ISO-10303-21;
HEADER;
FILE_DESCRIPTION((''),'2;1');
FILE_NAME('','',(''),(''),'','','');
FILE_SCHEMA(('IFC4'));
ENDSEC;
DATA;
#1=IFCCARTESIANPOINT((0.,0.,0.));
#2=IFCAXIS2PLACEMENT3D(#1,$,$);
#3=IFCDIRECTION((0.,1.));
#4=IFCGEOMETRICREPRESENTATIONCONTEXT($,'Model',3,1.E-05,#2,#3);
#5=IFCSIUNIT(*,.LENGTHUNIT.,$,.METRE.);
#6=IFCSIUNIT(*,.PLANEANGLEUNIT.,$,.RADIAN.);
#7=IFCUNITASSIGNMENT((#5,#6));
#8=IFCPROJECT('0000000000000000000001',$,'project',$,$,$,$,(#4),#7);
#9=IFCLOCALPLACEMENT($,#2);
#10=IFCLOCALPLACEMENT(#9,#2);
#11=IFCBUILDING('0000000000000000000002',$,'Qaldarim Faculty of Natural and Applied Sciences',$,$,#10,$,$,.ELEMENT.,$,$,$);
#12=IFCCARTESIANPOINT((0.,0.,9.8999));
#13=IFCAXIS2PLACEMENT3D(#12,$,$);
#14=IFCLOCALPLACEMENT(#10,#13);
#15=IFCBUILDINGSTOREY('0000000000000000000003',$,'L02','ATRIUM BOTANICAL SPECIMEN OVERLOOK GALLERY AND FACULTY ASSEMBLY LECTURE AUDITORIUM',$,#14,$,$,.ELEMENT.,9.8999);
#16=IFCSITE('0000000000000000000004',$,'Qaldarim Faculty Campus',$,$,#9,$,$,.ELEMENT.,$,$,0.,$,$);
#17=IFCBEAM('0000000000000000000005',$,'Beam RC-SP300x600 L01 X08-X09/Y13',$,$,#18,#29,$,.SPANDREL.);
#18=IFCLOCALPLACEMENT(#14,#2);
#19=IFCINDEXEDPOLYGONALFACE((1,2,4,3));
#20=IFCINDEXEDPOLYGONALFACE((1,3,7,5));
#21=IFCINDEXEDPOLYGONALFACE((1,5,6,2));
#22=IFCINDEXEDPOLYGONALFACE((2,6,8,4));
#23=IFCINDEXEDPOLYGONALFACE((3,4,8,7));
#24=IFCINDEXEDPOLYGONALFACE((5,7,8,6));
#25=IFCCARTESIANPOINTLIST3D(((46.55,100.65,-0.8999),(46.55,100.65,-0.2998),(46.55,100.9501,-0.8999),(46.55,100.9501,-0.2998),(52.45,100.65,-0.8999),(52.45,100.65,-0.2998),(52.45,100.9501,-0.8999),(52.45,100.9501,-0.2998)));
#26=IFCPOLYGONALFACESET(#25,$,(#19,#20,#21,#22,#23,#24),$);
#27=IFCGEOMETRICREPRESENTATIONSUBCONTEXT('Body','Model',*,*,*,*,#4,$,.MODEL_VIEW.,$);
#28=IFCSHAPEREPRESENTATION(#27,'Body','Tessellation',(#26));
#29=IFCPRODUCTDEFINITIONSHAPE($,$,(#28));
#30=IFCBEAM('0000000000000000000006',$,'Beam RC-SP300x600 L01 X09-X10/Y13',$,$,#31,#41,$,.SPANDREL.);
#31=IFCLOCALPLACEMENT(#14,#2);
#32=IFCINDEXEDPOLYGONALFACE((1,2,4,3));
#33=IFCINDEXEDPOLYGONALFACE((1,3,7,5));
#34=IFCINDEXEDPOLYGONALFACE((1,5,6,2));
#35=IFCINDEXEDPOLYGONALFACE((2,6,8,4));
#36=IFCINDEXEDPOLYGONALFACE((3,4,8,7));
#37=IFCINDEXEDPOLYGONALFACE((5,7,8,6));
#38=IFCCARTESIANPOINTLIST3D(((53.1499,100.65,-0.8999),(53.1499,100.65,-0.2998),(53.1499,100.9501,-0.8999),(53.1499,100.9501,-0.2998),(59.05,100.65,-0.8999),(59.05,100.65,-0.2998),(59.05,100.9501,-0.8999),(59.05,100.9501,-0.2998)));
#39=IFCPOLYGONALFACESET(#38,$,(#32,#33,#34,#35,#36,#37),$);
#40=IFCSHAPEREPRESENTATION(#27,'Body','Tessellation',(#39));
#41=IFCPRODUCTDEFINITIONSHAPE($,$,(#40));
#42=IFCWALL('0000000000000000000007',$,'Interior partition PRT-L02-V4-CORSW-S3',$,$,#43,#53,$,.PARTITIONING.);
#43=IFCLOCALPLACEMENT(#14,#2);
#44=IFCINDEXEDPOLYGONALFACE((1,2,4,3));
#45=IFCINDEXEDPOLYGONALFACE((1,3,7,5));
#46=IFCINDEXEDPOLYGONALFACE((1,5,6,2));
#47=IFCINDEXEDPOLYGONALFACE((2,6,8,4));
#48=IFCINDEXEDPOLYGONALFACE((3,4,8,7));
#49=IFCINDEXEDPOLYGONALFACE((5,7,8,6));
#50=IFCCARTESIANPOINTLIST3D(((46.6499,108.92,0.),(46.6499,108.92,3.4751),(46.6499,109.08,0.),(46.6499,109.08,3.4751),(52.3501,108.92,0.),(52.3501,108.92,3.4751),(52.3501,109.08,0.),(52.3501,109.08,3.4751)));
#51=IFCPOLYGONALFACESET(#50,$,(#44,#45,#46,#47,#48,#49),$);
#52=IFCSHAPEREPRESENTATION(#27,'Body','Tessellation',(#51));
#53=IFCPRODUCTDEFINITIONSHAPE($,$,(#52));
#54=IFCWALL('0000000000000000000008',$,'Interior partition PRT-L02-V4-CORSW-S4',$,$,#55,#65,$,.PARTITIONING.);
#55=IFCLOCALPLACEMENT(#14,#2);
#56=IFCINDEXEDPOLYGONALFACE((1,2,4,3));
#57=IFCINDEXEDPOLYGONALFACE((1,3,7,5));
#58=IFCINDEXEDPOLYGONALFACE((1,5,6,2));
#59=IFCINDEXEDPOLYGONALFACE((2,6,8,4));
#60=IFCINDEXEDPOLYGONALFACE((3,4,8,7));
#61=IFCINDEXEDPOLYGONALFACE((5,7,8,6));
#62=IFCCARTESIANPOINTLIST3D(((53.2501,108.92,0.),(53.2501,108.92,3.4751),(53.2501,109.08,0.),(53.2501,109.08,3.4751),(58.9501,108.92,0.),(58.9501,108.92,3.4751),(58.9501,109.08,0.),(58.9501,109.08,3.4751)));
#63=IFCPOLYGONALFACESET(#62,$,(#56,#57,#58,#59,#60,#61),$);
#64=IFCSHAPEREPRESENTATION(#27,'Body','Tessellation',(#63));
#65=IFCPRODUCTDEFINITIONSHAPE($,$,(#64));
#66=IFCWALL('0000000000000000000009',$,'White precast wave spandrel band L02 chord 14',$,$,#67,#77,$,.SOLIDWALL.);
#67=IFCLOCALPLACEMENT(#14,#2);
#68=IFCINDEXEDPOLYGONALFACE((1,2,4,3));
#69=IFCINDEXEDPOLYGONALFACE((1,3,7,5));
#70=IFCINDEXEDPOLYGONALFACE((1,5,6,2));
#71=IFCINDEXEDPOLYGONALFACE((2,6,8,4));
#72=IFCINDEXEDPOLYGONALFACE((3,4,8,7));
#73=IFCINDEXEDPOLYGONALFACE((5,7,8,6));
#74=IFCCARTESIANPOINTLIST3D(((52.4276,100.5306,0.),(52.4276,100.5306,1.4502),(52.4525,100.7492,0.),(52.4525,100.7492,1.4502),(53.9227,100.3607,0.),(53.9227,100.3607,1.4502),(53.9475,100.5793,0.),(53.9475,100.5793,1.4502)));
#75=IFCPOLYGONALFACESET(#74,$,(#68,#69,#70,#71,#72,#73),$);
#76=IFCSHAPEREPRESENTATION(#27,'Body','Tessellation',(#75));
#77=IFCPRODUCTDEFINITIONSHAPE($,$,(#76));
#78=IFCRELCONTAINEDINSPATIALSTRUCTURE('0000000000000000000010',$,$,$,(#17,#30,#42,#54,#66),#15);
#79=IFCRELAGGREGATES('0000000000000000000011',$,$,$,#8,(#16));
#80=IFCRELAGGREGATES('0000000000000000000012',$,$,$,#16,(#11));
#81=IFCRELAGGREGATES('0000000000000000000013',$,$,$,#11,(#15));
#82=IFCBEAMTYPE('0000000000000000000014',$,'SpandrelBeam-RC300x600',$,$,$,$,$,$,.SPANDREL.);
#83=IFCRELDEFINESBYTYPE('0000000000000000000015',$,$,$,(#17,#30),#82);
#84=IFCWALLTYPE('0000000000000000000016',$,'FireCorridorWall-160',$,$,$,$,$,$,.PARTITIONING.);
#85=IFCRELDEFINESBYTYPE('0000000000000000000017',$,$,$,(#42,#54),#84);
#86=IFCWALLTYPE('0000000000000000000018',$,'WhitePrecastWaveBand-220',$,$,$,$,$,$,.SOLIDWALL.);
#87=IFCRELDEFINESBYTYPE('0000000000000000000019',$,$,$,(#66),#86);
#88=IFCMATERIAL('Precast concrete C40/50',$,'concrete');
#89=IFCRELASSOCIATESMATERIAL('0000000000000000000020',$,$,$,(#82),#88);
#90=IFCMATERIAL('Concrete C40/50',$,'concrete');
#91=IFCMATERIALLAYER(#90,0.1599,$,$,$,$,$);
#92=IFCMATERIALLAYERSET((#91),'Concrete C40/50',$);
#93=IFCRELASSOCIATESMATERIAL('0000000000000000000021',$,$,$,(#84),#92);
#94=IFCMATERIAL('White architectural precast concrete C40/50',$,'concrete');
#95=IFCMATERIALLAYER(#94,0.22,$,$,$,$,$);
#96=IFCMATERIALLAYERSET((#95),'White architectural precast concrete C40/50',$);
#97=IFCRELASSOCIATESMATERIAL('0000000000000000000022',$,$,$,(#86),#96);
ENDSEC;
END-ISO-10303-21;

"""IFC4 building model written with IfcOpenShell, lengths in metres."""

from ifc_helpers import new_model, si_unit, direction, frame, frame_2d, origin, origin_2d, place, context, subcontext, project, spatial, rectangle, extrude, material, layer, layer_set, material_profile, profile_set, type_object, element, save


model = new_model("IFC4")

# Units and contexts
model_context = context("Model", 3, precision=1e-05, world=origin(), true_north=direction((0.0, 1.0)))
body_context = subcontext(model_context, "Body", "Model", "MODEL_VIEW")
ifc_project = project(units=[si_unit("LENGTHUNIT", "METRE"), si_unit("PLANEANGLEUNIT", "RADIAN")], contexts=[model_context])

# Site, building, storey
site_placement = place(None, origin())
site = spatial("IfcSite", under=ifc_project, at=site_placement, Name="Qaldarim Faculty Campus", CompositionType="ELEMENT", RefElevation=0.0)
building_placement = place(site_placement, origin())
building = spatial("IfcBuilding", under=site, at=building_placement, Name="Qaldarim Faculty of Natural and Applied Sciences", CompositionType="ELEMENT")
storey_placement = place(building_placement, frame((0.0, 0.0, 9.8999)))
storey = spatial("IfcBuildingStorey", under=building, at=storey_placement, Name="L02", Description="ATRIUM BOTANICAL SPECIMEN OVERLOOK GALLERY AND FACULTY ASSEMBLY LECTURE AUDITORIUM", CompositionType="ELEMENT", Elevation=9.8999)

# Beams
ifc_material_1 = material(Name="Concrete C40/50", Category="concrete")
ifc_material_2 = material(Name="Precast concrete C40/50", Category="concrete")
ifc_material_profile_1 = material_profile(ifc_material_2, rectangle(XDim=0.3, YDim=0.6001, at=origin_2d()), Name="RC-SP300x600")
ifc_profile_set_1 = profile_set([ifc_material_profile_1], Name="Precast concrete C40/50")
beam_type_1 = type_object("IfcBeamType", Name="SpandrelBeam-RC300x600", PredefinedType="SPANDREL", material=ifc_profile_set_1)
beam_1_placement = place(storey_placement, frame((46.55, 100.8, -0.5999), z_axis=(1.0, 0.0, 0.0), x_axis=(0.0, 1.0, 0.0)))
element("IfcBeam", 1, at=beam_1_placement, inside=storey, type_object=beam_type_1, Name="Beam RC-SP300x600 L01 X08-X09/Y13", PredefinedType="SPANDREL", context=body_context, shape_type="SweptSolid", body=[
    extrude(rectangle(XDim=0.3, YDim=0.6001, at=origin_2d()), origin(), (0.0, 0.0, 1.0), 5.8999),
])
beam_2_placement = place(storey_placement, frame((53.1499, 100.8, -0.5999), z_axis=(1.0, 0.0, 0.0), x_axis=(0.0, 1.0, 0.0)))
element("IfcBeam", 2, at=beam_2_placement, inside=storey, type_object=beam_type_1, Name="Beam RC-SP300x600 L01 X09-X10/Y13", PredefinedType="SPANDREL", context=body_context, shape_type="SweptSolid", body=[
    extrude(rectangle(XDim=0.3, YDim=0.6001, at=origin_2d()), origin(), (0.0, 0.0, 1.0), 5.9001),
])

# Walls
ifc_layer_1 = layer(ifc_material_1, 0.1599)
ifc_layer_set_1 = layer_set([ifc_layer_1], Name="Concrete C40/50")
wall_type_1 = type_object("IfcWallType", Name="FireCorridorWall-160", PredefinedType="PARTITIONING", material=ifc_layer_set_1)
wall_1_placement = place(storey_placement, frame((46.6499, 109.0, 0.0), z_axis=(0.0, 0.0, 1.0), x_axis=(1.0, 0.0, 0.0)))
element("IfcWall", 3, at=wall_1_placement, inside=storey, type_object=wall_type_1, Name="Interior partition PRT-L02-V4-CORSW-S3", PredefinedType="PARTITIONING", context=body_context, shape_type="SweptSolid", body=[
    extrude(rectangle(XDim=5.7002, YDim=0.1599, at=frame_2d((2.8501, 0.0))), origin(), (0.0, 0.0, 1.0), 3.4751),
])
wall_2_placement = place(storey_placement, frame((53.25, 109.0, 0.0), z_axis=(0.0, 0.0, 1.0), x_axis=(1.0, 0.0, 0.0)))
element("IfcWall", 4, at=wall_2_placement, inside=storey, type_object=wall_type_1, Name="Interior partition PRT-L02-V4-CORSW-S4", PredefinedType="PARTITIONING", context=body_context, shape_type="SweptSolid", body=[
    extrude(rectangle(XDim=5.7, YDim=0.1599, at=frame_2d((2.8501, 0.0))), origin(), (0.0, 0.0, 1.0), 3.4751),
])
ifc_material_3 = material(Name="White architectural precast concrete C40/50", Category="concrete")
ifc_layer_2 = layer(ifc_material_3, 0.22)
ifc_layer_set_2 = layer_set([ifc_layer_2], Name="White architectural precast concrete C40/50")
wall_type_2 = type_object("IfcWallType", Name="WhitePrecastWaveBand-220", PredefinedType="SOLIDWALL", material=ifc_layer_set_2)
wall_3_placement = place(storey_placement, frame((52.4399, 100.6399, 0.0), z_axis=(0.0, 0.0, 1.0), x_axis=(0.993604, -0.112924, 0.0)))
element("IfcWall", 5, at=wall_3_placement, inside=storey, type_object=wall_type_2, Name="White precast wave spandrel band L02 chord 14", PredefinedType="SOLIDWALL", context=body_context, shape_type="SweptSolid", body=[
    extrude(rectangle(XDim=1.5046, YDim=0.22, at=frame_2d((0.7524, 0.0))), origin(), (0.0, 0.0, 1.0), 1.4502),
])

save(model, "model.ifc")
